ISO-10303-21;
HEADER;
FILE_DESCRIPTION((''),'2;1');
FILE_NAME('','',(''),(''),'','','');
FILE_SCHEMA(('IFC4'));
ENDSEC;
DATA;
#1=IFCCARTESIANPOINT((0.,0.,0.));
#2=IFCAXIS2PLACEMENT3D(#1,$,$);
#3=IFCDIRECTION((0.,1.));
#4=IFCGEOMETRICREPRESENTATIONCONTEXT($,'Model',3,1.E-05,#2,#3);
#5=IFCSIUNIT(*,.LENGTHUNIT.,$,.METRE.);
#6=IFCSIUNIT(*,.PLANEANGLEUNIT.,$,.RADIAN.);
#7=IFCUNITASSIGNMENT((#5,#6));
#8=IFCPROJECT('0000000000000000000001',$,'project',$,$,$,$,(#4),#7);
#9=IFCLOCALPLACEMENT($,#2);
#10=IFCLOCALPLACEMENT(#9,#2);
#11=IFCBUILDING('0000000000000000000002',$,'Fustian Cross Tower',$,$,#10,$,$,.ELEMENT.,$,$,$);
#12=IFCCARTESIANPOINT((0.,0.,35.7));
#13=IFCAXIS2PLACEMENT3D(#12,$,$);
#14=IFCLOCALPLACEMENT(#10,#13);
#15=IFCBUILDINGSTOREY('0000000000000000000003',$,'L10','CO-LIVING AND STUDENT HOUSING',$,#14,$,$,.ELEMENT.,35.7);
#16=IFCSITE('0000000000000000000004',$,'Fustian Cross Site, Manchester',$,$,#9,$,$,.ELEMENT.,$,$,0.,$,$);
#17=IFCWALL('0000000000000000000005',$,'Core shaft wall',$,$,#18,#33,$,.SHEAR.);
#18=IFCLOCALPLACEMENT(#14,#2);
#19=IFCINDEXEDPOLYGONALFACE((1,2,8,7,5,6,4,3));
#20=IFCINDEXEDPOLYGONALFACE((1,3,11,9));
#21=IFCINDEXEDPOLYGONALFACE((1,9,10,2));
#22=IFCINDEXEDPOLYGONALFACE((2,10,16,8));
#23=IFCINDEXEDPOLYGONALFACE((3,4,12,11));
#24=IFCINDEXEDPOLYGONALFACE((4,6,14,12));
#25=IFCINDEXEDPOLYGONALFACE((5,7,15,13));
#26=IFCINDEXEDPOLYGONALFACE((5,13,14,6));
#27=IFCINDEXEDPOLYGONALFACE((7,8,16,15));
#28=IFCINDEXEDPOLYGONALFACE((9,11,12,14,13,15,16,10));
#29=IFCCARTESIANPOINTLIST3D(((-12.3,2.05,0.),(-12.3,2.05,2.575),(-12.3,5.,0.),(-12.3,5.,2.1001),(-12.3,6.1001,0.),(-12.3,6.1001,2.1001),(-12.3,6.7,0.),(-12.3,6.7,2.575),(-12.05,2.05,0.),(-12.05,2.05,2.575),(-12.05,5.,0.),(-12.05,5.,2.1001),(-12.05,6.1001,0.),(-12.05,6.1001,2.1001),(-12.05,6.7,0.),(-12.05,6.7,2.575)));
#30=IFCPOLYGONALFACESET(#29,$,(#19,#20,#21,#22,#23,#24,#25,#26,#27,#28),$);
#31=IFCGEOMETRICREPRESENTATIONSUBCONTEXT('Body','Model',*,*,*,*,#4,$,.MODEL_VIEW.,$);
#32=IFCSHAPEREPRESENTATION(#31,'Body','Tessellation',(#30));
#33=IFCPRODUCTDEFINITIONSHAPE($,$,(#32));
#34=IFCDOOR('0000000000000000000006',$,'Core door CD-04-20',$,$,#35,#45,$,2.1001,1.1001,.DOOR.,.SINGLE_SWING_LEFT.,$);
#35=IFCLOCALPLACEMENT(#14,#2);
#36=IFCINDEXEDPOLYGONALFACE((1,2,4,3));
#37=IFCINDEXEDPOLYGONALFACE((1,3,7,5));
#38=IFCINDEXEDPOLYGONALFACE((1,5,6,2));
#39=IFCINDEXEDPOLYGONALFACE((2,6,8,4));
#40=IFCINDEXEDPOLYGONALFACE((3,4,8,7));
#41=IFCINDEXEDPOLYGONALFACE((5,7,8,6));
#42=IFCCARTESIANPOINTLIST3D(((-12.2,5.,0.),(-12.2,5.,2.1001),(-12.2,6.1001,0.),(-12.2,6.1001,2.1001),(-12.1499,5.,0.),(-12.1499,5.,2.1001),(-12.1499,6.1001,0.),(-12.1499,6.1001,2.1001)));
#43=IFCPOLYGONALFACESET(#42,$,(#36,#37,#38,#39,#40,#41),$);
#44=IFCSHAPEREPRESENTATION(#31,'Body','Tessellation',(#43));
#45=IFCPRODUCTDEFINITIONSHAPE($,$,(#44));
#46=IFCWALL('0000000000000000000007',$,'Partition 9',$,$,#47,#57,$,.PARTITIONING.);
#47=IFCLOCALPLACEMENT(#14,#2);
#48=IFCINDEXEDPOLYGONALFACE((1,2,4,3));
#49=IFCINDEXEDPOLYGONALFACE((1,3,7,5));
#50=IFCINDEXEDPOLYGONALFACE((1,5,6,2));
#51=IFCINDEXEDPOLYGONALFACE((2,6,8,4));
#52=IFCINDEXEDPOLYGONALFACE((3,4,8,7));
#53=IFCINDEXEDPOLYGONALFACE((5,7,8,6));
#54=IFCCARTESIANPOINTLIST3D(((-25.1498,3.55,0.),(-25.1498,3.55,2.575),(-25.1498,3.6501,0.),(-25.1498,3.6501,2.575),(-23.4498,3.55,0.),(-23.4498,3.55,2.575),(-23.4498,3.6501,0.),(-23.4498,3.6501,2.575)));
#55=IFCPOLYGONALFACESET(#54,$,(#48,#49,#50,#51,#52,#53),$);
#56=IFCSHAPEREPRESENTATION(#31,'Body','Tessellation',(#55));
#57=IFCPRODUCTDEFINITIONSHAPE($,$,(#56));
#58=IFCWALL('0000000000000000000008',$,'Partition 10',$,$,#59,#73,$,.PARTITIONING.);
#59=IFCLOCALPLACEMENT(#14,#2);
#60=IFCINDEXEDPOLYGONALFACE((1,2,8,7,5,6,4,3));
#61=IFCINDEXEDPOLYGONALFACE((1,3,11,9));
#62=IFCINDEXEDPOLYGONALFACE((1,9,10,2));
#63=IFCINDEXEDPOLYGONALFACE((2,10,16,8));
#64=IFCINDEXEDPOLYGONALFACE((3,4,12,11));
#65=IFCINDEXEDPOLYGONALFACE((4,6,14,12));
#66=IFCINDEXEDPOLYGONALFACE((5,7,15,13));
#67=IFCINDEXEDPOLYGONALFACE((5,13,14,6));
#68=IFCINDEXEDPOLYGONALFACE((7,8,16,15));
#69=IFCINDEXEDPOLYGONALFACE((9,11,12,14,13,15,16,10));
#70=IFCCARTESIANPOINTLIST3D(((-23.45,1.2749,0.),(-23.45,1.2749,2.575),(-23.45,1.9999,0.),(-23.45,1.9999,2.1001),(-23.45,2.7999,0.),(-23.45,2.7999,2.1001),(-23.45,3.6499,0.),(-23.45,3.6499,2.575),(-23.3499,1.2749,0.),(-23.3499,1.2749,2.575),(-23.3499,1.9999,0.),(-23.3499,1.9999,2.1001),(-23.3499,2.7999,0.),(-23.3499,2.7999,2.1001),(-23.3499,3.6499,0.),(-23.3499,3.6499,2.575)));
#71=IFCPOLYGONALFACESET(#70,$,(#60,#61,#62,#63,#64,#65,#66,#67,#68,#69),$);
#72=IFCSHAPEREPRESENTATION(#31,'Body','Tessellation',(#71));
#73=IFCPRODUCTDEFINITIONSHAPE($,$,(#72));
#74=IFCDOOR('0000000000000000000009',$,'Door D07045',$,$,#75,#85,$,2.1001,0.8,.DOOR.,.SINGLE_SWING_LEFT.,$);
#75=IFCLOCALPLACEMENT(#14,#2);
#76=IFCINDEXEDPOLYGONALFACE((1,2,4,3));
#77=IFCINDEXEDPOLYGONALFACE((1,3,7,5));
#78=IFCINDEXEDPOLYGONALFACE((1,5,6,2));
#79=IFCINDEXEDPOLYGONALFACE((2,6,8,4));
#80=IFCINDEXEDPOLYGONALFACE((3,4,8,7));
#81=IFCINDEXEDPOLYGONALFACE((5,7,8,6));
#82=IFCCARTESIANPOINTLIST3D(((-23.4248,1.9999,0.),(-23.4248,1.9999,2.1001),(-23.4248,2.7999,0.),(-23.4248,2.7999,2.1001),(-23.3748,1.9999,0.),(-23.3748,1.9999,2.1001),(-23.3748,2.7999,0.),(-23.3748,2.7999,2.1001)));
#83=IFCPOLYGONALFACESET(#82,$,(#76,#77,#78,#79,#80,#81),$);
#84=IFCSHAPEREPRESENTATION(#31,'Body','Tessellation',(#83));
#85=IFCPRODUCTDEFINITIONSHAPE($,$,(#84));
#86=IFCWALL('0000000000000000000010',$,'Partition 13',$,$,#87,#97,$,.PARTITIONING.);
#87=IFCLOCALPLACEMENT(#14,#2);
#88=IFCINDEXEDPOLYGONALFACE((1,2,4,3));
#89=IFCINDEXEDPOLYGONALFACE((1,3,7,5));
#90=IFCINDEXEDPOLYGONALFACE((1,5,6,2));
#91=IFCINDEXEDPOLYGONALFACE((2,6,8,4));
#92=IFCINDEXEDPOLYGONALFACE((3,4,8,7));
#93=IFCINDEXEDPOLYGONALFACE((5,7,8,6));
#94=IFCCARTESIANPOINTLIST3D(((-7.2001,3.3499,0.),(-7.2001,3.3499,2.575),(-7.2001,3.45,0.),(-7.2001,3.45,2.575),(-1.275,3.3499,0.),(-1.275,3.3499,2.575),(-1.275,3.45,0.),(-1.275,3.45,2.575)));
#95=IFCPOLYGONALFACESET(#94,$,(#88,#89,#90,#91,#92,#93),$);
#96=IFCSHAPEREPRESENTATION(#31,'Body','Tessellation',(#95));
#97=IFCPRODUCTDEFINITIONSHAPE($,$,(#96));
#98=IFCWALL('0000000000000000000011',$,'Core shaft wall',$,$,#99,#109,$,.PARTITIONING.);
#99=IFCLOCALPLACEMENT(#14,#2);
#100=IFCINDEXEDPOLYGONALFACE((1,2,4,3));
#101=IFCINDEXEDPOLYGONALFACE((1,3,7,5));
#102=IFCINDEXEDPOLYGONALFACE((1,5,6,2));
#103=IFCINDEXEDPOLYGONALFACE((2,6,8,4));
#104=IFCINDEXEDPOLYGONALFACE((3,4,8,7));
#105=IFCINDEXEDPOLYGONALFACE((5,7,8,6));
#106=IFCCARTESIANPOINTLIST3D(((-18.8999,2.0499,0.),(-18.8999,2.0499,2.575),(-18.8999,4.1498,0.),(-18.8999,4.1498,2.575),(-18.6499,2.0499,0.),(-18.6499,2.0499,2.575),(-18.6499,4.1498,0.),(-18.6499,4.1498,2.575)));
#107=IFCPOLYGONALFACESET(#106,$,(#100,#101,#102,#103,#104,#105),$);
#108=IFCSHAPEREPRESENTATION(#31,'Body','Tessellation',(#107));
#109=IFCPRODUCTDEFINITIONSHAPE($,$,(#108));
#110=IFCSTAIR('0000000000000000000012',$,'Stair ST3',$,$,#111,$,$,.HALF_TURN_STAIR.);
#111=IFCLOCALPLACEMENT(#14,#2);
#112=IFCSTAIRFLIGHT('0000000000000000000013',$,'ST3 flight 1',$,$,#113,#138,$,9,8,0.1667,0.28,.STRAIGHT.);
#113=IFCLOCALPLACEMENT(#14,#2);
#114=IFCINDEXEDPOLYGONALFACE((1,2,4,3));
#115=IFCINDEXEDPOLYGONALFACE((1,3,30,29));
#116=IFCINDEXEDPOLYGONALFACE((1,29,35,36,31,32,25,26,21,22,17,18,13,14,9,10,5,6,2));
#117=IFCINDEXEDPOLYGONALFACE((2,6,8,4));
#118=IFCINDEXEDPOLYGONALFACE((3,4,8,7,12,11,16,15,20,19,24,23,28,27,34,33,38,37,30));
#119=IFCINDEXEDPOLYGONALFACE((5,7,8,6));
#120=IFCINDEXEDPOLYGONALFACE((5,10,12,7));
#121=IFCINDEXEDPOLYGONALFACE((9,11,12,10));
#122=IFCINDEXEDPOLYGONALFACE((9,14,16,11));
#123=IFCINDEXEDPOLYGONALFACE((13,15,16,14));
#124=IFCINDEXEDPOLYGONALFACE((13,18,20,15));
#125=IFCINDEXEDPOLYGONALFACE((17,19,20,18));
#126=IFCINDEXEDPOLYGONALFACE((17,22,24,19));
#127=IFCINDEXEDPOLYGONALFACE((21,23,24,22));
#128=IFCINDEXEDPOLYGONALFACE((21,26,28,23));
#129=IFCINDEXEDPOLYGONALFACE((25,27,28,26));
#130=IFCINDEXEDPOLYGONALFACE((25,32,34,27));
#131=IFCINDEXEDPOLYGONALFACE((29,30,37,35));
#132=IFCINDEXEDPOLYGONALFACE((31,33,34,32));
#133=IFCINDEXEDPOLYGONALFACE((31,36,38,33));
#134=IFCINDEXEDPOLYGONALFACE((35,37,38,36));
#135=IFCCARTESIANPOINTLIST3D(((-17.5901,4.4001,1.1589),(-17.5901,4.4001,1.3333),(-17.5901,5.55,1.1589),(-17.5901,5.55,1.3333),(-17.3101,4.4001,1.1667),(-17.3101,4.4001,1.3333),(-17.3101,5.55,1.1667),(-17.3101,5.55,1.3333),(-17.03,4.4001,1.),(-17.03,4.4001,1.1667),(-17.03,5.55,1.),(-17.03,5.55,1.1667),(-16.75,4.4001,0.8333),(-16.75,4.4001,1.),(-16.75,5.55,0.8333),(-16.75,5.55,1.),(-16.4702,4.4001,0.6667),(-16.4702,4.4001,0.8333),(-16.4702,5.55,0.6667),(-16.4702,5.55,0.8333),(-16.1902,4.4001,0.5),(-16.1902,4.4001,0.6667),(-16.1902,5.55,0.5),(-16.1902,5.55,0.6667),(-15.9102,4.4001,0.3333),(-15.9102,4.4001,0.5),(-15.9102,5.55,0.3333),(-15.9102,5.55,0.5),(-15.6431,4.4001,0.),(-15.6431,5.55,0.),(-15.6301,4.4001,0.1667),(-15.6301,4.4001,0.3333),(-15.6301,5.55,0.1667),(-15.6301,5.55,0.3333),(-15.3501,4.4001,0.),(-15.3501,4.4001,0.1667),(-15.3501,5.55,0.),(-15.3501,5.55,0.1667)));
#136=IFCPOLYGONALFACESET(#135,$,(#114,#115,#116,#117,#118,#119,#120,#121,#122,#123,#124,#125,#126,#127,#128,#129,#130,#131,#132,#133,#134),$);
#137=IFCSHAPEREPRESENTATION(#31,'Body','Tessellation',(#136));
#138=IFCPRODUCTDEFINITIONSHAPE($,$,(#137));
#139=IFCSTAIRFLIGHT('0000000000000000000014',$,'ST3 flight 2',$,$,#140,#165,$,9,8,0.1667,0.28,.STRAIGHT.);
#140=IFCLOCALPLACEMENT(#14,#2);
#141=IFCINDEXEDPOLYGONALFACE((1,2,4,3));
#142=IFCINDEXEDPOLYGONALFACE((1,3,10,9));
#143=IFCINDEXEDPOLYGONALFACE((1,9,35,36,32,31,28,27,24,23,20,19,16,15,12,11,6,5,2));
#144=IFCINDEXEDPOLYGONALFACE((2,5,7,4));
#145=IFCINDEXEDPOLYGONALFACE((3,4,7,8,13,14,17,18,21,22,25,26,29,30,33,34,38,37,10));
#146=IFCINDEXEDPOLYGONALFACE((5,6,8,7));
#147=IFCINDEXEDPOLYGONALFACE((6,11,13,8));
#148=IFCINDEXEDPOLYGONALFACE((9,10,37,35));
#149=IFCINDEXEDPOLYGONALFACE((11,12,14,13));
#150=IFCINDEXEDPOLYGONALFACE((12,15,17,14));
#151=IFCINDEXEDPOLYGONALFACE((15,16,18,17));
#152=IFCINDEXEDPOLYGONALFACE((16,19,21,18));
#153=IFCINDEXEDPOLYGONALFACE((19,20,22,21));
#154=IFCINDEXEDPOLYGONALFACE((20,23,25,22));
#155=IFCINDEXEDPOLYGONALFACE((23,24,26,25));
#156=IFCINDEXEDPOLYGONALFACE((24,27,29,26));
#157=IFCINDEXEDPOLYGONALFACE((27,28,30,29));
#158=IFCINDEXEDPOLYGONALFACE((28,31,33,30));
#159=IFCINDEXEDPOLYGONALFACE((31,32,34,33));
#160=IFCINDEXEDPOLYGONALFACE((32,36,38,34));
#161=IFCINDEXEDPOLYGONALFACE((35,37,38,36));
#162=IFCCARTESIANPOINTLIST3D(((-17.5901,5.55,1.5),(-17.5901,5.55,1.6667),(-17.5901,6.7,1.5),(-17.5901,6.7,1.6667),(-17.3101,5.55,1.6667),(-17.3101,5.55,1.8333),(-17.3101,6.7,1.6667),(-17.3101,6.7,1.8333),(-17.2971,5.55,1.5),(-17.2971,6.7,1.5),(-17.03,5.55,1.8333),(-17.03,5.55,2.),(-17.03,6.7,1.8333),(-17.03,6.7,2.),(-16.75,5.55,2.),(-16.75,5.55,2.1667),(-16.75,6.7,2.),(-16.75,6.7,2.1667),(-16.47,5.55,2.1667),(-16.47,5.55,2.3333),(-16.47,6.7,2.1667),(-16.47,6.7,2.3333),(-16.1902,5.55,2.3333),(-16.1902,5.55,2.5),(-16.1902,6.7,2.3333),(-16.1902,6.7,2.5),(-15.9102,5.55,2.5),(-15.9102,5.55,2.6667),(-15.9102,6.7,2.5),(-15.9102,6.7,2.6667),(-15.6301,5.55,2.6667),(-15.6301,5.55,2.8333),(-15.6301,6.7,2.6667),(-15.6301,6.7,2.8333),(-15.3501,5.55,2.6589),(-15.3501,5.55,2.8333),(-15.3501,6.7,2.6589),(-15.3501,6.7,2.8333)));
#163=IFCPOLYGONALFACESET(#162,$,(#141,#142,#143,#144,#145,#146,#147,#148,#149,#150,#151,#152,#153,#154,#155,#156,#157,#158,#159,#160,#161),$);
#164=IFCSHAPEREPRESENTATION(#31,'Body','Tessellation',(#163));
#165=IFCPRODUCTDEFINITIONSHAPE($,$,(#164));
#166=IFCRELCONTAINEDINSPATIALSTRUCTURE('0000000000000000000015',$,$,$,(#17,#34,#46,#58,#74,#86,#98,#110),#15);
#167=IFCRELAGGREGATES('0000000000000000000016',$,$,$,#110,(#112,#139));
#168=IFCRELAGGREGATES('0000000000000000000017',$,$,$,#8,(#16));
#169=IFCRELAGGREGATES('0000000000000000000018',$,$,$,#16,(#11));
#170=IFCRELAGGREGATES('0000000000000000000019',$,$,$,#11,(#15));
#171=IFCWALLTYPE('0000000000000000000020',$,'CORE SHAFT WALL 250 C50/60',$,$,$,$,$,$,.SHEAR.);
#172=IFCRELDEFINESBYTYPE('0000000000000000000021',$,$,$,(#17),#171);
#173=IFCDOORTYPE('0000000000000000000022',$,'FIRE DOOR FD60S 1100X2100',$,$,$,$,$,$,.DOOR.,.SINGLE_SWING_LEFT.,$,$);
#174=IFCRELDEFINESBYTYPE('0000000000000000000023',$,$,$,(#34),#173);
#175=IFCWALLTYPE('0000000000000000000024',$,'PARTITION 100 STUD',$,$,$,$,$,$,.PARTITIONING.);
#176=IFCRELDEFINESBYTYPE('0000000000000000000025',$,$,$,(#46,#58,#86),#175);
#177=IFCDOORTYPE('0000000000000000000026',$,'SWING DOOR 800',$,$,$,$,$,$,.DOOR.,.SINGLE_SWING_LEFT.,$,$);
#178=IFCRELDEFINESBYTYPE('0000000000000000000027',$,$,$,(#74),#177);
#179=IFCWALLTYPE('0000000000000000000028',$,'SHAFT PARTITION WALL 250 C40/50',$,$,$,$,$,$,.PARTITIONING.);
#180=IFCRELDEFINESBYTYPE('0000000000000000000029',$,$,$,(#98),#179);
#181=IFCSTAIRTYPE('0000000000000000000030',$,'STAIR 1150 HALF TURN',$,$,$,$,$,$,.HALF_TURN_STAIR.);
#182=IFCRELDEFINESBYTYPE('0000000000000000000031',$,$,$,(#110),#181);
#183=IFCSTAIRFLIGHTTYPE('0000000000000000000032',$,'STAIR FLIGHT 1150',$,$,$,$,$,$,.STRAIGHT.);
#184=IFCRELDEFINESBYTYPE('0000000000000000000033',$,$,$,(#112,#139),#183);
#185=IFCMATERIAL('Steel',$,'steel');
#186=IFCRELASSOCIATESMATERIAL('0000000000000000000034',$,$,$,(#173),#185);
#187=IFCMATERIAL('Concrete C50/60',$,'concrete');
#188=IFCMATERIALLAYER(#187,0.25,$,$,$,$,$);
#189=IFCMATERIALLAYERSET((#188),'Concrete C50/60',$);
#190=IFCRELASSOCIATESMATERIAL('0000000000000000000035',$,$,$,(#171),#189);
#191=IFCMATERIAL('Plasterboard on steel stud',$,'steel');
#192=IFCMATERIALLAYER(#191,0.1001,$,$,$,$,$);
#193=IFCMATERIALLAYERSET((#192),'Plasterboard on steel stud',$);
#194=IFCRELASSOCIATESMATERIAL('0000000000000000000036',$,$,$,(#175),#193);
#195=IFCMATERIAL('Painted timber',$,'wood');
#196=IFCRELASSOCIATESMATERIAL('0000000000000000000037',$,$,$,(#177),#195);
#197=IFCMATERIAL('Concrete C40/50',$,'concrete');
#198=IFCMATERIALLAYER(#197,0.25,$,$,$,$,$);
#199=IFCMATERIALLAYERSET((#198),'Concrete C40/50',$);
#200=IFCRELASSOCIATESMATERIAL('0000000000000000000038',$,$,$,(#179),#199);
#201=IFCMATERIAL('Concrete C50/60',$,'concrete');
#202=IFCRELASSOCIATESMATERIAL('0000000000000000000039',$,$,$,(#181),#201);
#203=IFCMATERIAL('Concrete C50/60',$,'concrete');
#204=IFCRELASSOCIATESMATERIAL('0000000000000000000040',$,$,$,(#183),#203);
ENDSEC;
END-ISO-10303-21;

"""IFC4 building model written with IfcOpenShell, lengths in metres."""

from ifc_helpers import new_model, si_unit, direction, frame, frame_2d, origin, place, context, subcontext, project, spatial, polyline, rectangle, outline, extrude, material, layer, layer_set, type_object, element, fill, aggregate, save


model = new_model("IFC4")

# Units and contexts
model_context = context("Model", 3, precision=1e-05, world=origin(), true_north=direction((0.0, 1.0)))
body_context = subcontext(model_context, "Body", "Model", "MODEL_VIEW")
ifc_project = project(units=[si_unit("LENGTHUNIT", "METRE"), si_unit("PLANEANGLEUNIT", "RADIAN")], contexts=[model_context])

# Site, building, storey
site_placement = place(None, origin())
site = spatial("IfcSite", under=ifc_project, at=site_placement, Name="Fustian Cross Site, Manchester", CompositionType="ELEMENT", RefElevation=0.0)
building_placement = place(site_placement, origin())
building = spatial("IfcBuilding", under=site, at=building_placement, Name="Fustian Cross Tower", CompositionType="ELEMENT")
storey_placement = place(building_placement, frame((0.0, 0.0, 35.7)))
storey = spatial("IfcBuildingStorey", under=building, at=storey_placement, Name="L10", Description="CO-LIVING AND STUDENT HOUSING", CompositionType="ELEMENT", Elevation=35.7)

# Shared definitions
ifc_material_1 = material(Name="Steel", Category="steel")
door_type_1 = type_object("IfcDoorType", Name="FIRE DOOR FD60S 1100X2100", OperationType="SINGLE_SWING_LEFT", PredefinedType="DOOR", material=ifc_material_1)

# Shared definitions
ifc_material_2 = material(Name="Concrete C50/60", Category="concrete")
ifc_layer_1 = layer(ifc_material_2, 0.25)
ifc_layer_set_1 = layer_set([ifc_layer_1], Name="Concrete C50/60")
wall_type_1 = type_object("IfcWallType", Name="CORE SHAFT WALL 250 C50/60", PredefinedType="SHEAR", material=ifc_layer_set_1)

# Wall, opening, door
wall_1_placement = place(storey_placement, frame((-12.175, 2.05, 0.0), z_axis=(0.0, 0.0, 1.0), x_axis=(0.0, 1.0, 0.0)))
wall_1 = element("IfcWall", 1, at=wall_1_placement, inside=storey, type_object=wall_type_1, Name="Core shaft wall", PredefinedType="SHEAR", context=body_context, shape_type="SweptSolid", body=[
    extrude(rectangle(XDim=4.6499, YDim=0.25, at=frame_2d((2.325, 0.0))), origin(), (0.0, 0.0, 1.0), 2.575),
])
opening_1_placement = place(wall_1_placement, frame((2.95, 0.0, 0.0)))
opening_1 = element("IfcOpeningElement", 2, at=opening_1_placement, cuts=wall_1, PredefinedType="OPENING", context=body_context, shape_type="SweptSolid", body=[
    extrude(rectangle(XDim=1.1001, YDim=2.1001, at=frame_2d((0.55, 1.05))), frame((0.0, 0.135, 0.0), z_axis=(0.0, -1.0, 0.0), x_axis=(1.0, 0.0, 0.0)), (0.0, 0.0, 1.0), 0.27),
])
door_1_placement = place(opening_1_placement, origin())
door_1 = element("IfcDoor", 3, at=door_1_placement, inside=storey, type_object=door_type_1, Name="Core door CD-04-20", OperationType="SINGLE_SWING_LEFT", OverallHeight=2.1001, OverallWidth=1.1001, PredefinedType="DOOR", context=body_context, shape_type="SweptSolid", body=[
    extrude(rectangle(XDim=1.1001, YDim=2.1001, at=frame_2d((0.55, 1.05))), frame((0.0, 0.0249, 0.0), z_axis=(0.0, -1.0, 0.0), x_axis=(1.0, 0.0, 0.0)), (0.0, 0.0, 1.0), 0.05),
])
fill(opening_1, door_1)

# Wall
ifc_material_3 = material(Name="Plasterboard on steel stud", Category="steel")
ifc_layer_2 = layer(ifc_material_3, 0.1001)
ifc_layer_set_2 = layer_set([ifc_layer_2], Name="Plasterboard on steel stud")
wall_type_2 = type_object("IfcWallType", Name="PARTITION 100 STUD", PredefinedType="PARTITIONING", material=ifc_layer_set_2)
wall_2_placement = place(storey_placement, frame((-25.1499, 3.6001, 0.0), z_axis=(0.0, 0.0, 1.0), x_axis=(1.0, 0.0, 0.0)))
element("IfcWall", 4, at=wall_2_placement, inside=storey, type_object=wall_type_2, Name="Partition 9", PredefinedType="PARTITIONING", context=body_context, shape_type="SweptSolid", body=[
    extrude(rectangle(XDim=1.7, YDim=0.1001, at=frame_2d((0.8501, 0.0))), origin(), (0.0, 0.0, 1.0), 2.575),
])

# Wall, opening, door
wall_3_placement = place(storey_placement, frame((-23.3999, 1.2749, 0.0), z_axis=(0.0, 0.0, 1.0), x_axis=(0.0, 1.0, 0.0)))
wall_3 = element("IfcWall", 5, at=wall_3_placement, inside=storey, type_object=wall_type_2, Name="Partition 10", PredefinedType="PARTITIONING", context=body_context, shape_type="SweptSolid", body=[
    extrude(rectangle(XDim=2.375, YDim=0.1001, at=frame_2d((1.1875, 0.0))), origin(), (0.0, 0.0, 1.0), 2.575),
])
opening_2_placement = place(wall_3_placement, frame((0.7251, 0.0, 0.0)))
opening_2 = element("IfcOpeningElement", 6, at=opening_2_placement, cuts=wall_3, PredefinedType="OPENING", context=body_context, shape_type="SweptSolid", body=[
    extrude(rectangle(XDim=0.8, YDim=2.1001, at=frame_2d((0.3999, 1.05))), frame((0.0, 0.0601, 0.0), z_axis=(0.0, -1.0, 0.0), x_axis=(1.0, 0.0, 0.0)), (0.0, 0.0, 1.0), 0.1201),
])
ifc_material_4 = material(Name="Painted timber", Category="wood")
door_type_2 = type_object("IfcDoorType", Name="SWING DOOR 800", OperationType="SINGLE_SWING_LEFT", PredefinedType="DOOR", material=ifc_material_4)
door_2_placement = place(opening_2_placement, origin())
door_2 = element("IfcDoor", 7, at=door_2_placement, inside=storey, type_object=door_type_2, Name="Door D07045", OperationType="SINGLE_SWING_LEFT", OverallHeight=2.1001, OverallWidth=0.8, PredefinedType="DOOR", context=body_context, shape_type="SweptSolid", body=[
    extrude(rectangle(XDim=0.8, YDim=2.1001, at=frame_2d((0.3999, 1.05))), frame((0.0, 0.0249, 0.0), z_axis=(0.0, -1.0, 0.0), x_axis=(1.0, 0.0, 0.0)), (0.0, 0.0, 1.0), 0.05),
])
fill(opening_2, door_2)

# Walls
wall_4_placement = place(storey_placement, frame((-7.2, 3.3999, 0.0), z_axis=(0.0, 0.0, 1.0), x_axis=(1.0, 0.0, 0.0)))
element("IfcWall", 8, at=wall_4_placement, inside=storey, type_object=wall_type_2, Name="Partition 13", PredefinedType="PARTITIONING", context=body_context, shape_type="SweptSolid", body=[
    extrude(rectangle(XDim=5.925, YDim=0.1001, at=frame_2d((2.9624, 0.0))), origin(), (0.0, 0.0, 1.0), 2.575),
])
ifc_material_5 = material(Name="Concrete C40/50", Category="concrete")
ifc_layer_3 = layer(ifc_material_5, 0.25)
ifc_layer_set_3 = layer_set([ifc_layer_3], Name="Concrete C40/50")
wall_type_3 = type_object("IfcWallType", Name="SHAFT PARTITION WALL 250 C40/50", PredefinedType="PARTITIONING", material=ifc_layer_set_3)
wall_5_placement = place(storey_placement, frame((-18.7749, 2.05, 0.0), z_axis=(0.0, 0.0, 1.0), x_axis=(0.0, 1.0, 0.0)))
element("IfcWall", 9, at=wall_5_placement, inside=storey, type_object=wall_type_3, Name="Core shaft wall", PredefinedType="PARTITIONING", context=body_context, shape_type="SweptSolid", body=[
    extrude(rectangle(XDim=2.0999, YDim=0.25, at=frame_2d((1.0498, 0.0))), origin(), (0.0, 0.0, 1.0), 2.575),
])

# Stair, stair flights
ifc_material_6 = material(Name="Concrete C50/60", Category="concrete")
stair_type = type_object("IfcStairType", Name="STAIR 1150 HALF TURN", PredefinedType="HALF_TURN_STAIR", material=ifc_material_6)
stair_placement = place(storey_placement, origin())
stair = element("IfcStair", 10, at=stair_placement, inside=storey, type_object=stair_type, Name="Stair ST3", PredefinedType="HALF_TURN_STAIR")
ifc_material_7 = material(Name="Concrete C50/60", Category="concrete")
stair_flight_type = type_object("IfcStairFlightType", Name="STAIR FLIGHT 1150", PredefinedType="STRAIGHT", material=ifc_material_7)
stair_flight_1_placement = place(storey_placement, frame((-15.3501, 4.9751, 0.0), z_axis=(0.0, 0.0, 1.0), x_axis=(-1.0, 0.0, 0.0)))
stair_flight_1 = element("IfcStairFlight", 11, at=stair_flight_1_placement, type_object=stair_flight_type, Name="ST3 flight 1", NumberOfRisers=9, NumberOfTreads=8, PredefinedType="STRAIGHT", RiserHeight=0.1667, TreadLength=0.28, context=body_context, shape_type="SweptSolid", body=[
    extrude(outline(polyline([(0.0, 0.0), (0.0, 0.1667), (0.28, 0.1667), (0.28, 0.3333), (0.5601, 0.3333), (0.5601, 0.5), (0.8401, 0.5), (0.8401, 0.6667), (1.1201, 0.6667), (1.1201, 0.8333), (1.3999, 0.8333), (1.3999, 1.0), (1.6799, 1.0), (1.6799, 1.1667), (1.96, 1.1667), (1.96, 1.3333), (2.24, 1.3333), (2.24, 1.5), (2.24, 1.1589), (0.293, 0.0), (0.0, 0.0)])), frame((0.0, 0.575, 0.0), z_axis=(0.0, -1.0, 0.0), x_axis=(1.0, 0.0, 0.0)), (0.0, 0.0, 1.0), 1.1499),
])
stair_flight_2_placement = place(storey_placement, frame((-17.5901, 6.125, 1.5), z_axis=(0.0, 0.0, 1.0), x_axis=(1.0, 0.0, 0.0)))
stair_flight_2 = element("IfcStairFlight", 12, at=stair_flight_2_placement, type_object=stair_flight_type, Name="ST3 flight 2", NumberOfRisers=9, NumberOfTreads=8, PredefinedType="STRAIGHT", RiserHeight=0.1667, TreadLength=0.28, context=body_context, shape_type="SweptSolid", body=[
    extrude(outline(polyline([(0.0, 0.0), (0.0, 0.1667), (0.28, 0.1667), (0.28, 0.3333), (0.5601, 0.3333), (0.5601, 0.5), (0.8401, 0.5), (0.8401, 0.6667), (1.1201, 0.6667), (1.1201, 0.8333), (1.3999, 0.8333), (1.3999, 1.0), (1.6799, 1.0), (1.6799, 1.1667), (1.96, 1.1667), (1.96, 1.3333), (2.24, 1.3333), (2.24, 1.5), (2.24, 1.1589), (0.293, 0.0), (0.0, 0.0)])), frame((0.0, 0.575, 0.0), z_axis=(0.0, -1.0, 0.0), x_axis=(1.0, 0.0, 0.0)), (0.0, 0.0, 1.0), 1.1499),
])
aggregate(stair, [stair_flight_1, stair_flight_2])

save(model, "model.ifc")
